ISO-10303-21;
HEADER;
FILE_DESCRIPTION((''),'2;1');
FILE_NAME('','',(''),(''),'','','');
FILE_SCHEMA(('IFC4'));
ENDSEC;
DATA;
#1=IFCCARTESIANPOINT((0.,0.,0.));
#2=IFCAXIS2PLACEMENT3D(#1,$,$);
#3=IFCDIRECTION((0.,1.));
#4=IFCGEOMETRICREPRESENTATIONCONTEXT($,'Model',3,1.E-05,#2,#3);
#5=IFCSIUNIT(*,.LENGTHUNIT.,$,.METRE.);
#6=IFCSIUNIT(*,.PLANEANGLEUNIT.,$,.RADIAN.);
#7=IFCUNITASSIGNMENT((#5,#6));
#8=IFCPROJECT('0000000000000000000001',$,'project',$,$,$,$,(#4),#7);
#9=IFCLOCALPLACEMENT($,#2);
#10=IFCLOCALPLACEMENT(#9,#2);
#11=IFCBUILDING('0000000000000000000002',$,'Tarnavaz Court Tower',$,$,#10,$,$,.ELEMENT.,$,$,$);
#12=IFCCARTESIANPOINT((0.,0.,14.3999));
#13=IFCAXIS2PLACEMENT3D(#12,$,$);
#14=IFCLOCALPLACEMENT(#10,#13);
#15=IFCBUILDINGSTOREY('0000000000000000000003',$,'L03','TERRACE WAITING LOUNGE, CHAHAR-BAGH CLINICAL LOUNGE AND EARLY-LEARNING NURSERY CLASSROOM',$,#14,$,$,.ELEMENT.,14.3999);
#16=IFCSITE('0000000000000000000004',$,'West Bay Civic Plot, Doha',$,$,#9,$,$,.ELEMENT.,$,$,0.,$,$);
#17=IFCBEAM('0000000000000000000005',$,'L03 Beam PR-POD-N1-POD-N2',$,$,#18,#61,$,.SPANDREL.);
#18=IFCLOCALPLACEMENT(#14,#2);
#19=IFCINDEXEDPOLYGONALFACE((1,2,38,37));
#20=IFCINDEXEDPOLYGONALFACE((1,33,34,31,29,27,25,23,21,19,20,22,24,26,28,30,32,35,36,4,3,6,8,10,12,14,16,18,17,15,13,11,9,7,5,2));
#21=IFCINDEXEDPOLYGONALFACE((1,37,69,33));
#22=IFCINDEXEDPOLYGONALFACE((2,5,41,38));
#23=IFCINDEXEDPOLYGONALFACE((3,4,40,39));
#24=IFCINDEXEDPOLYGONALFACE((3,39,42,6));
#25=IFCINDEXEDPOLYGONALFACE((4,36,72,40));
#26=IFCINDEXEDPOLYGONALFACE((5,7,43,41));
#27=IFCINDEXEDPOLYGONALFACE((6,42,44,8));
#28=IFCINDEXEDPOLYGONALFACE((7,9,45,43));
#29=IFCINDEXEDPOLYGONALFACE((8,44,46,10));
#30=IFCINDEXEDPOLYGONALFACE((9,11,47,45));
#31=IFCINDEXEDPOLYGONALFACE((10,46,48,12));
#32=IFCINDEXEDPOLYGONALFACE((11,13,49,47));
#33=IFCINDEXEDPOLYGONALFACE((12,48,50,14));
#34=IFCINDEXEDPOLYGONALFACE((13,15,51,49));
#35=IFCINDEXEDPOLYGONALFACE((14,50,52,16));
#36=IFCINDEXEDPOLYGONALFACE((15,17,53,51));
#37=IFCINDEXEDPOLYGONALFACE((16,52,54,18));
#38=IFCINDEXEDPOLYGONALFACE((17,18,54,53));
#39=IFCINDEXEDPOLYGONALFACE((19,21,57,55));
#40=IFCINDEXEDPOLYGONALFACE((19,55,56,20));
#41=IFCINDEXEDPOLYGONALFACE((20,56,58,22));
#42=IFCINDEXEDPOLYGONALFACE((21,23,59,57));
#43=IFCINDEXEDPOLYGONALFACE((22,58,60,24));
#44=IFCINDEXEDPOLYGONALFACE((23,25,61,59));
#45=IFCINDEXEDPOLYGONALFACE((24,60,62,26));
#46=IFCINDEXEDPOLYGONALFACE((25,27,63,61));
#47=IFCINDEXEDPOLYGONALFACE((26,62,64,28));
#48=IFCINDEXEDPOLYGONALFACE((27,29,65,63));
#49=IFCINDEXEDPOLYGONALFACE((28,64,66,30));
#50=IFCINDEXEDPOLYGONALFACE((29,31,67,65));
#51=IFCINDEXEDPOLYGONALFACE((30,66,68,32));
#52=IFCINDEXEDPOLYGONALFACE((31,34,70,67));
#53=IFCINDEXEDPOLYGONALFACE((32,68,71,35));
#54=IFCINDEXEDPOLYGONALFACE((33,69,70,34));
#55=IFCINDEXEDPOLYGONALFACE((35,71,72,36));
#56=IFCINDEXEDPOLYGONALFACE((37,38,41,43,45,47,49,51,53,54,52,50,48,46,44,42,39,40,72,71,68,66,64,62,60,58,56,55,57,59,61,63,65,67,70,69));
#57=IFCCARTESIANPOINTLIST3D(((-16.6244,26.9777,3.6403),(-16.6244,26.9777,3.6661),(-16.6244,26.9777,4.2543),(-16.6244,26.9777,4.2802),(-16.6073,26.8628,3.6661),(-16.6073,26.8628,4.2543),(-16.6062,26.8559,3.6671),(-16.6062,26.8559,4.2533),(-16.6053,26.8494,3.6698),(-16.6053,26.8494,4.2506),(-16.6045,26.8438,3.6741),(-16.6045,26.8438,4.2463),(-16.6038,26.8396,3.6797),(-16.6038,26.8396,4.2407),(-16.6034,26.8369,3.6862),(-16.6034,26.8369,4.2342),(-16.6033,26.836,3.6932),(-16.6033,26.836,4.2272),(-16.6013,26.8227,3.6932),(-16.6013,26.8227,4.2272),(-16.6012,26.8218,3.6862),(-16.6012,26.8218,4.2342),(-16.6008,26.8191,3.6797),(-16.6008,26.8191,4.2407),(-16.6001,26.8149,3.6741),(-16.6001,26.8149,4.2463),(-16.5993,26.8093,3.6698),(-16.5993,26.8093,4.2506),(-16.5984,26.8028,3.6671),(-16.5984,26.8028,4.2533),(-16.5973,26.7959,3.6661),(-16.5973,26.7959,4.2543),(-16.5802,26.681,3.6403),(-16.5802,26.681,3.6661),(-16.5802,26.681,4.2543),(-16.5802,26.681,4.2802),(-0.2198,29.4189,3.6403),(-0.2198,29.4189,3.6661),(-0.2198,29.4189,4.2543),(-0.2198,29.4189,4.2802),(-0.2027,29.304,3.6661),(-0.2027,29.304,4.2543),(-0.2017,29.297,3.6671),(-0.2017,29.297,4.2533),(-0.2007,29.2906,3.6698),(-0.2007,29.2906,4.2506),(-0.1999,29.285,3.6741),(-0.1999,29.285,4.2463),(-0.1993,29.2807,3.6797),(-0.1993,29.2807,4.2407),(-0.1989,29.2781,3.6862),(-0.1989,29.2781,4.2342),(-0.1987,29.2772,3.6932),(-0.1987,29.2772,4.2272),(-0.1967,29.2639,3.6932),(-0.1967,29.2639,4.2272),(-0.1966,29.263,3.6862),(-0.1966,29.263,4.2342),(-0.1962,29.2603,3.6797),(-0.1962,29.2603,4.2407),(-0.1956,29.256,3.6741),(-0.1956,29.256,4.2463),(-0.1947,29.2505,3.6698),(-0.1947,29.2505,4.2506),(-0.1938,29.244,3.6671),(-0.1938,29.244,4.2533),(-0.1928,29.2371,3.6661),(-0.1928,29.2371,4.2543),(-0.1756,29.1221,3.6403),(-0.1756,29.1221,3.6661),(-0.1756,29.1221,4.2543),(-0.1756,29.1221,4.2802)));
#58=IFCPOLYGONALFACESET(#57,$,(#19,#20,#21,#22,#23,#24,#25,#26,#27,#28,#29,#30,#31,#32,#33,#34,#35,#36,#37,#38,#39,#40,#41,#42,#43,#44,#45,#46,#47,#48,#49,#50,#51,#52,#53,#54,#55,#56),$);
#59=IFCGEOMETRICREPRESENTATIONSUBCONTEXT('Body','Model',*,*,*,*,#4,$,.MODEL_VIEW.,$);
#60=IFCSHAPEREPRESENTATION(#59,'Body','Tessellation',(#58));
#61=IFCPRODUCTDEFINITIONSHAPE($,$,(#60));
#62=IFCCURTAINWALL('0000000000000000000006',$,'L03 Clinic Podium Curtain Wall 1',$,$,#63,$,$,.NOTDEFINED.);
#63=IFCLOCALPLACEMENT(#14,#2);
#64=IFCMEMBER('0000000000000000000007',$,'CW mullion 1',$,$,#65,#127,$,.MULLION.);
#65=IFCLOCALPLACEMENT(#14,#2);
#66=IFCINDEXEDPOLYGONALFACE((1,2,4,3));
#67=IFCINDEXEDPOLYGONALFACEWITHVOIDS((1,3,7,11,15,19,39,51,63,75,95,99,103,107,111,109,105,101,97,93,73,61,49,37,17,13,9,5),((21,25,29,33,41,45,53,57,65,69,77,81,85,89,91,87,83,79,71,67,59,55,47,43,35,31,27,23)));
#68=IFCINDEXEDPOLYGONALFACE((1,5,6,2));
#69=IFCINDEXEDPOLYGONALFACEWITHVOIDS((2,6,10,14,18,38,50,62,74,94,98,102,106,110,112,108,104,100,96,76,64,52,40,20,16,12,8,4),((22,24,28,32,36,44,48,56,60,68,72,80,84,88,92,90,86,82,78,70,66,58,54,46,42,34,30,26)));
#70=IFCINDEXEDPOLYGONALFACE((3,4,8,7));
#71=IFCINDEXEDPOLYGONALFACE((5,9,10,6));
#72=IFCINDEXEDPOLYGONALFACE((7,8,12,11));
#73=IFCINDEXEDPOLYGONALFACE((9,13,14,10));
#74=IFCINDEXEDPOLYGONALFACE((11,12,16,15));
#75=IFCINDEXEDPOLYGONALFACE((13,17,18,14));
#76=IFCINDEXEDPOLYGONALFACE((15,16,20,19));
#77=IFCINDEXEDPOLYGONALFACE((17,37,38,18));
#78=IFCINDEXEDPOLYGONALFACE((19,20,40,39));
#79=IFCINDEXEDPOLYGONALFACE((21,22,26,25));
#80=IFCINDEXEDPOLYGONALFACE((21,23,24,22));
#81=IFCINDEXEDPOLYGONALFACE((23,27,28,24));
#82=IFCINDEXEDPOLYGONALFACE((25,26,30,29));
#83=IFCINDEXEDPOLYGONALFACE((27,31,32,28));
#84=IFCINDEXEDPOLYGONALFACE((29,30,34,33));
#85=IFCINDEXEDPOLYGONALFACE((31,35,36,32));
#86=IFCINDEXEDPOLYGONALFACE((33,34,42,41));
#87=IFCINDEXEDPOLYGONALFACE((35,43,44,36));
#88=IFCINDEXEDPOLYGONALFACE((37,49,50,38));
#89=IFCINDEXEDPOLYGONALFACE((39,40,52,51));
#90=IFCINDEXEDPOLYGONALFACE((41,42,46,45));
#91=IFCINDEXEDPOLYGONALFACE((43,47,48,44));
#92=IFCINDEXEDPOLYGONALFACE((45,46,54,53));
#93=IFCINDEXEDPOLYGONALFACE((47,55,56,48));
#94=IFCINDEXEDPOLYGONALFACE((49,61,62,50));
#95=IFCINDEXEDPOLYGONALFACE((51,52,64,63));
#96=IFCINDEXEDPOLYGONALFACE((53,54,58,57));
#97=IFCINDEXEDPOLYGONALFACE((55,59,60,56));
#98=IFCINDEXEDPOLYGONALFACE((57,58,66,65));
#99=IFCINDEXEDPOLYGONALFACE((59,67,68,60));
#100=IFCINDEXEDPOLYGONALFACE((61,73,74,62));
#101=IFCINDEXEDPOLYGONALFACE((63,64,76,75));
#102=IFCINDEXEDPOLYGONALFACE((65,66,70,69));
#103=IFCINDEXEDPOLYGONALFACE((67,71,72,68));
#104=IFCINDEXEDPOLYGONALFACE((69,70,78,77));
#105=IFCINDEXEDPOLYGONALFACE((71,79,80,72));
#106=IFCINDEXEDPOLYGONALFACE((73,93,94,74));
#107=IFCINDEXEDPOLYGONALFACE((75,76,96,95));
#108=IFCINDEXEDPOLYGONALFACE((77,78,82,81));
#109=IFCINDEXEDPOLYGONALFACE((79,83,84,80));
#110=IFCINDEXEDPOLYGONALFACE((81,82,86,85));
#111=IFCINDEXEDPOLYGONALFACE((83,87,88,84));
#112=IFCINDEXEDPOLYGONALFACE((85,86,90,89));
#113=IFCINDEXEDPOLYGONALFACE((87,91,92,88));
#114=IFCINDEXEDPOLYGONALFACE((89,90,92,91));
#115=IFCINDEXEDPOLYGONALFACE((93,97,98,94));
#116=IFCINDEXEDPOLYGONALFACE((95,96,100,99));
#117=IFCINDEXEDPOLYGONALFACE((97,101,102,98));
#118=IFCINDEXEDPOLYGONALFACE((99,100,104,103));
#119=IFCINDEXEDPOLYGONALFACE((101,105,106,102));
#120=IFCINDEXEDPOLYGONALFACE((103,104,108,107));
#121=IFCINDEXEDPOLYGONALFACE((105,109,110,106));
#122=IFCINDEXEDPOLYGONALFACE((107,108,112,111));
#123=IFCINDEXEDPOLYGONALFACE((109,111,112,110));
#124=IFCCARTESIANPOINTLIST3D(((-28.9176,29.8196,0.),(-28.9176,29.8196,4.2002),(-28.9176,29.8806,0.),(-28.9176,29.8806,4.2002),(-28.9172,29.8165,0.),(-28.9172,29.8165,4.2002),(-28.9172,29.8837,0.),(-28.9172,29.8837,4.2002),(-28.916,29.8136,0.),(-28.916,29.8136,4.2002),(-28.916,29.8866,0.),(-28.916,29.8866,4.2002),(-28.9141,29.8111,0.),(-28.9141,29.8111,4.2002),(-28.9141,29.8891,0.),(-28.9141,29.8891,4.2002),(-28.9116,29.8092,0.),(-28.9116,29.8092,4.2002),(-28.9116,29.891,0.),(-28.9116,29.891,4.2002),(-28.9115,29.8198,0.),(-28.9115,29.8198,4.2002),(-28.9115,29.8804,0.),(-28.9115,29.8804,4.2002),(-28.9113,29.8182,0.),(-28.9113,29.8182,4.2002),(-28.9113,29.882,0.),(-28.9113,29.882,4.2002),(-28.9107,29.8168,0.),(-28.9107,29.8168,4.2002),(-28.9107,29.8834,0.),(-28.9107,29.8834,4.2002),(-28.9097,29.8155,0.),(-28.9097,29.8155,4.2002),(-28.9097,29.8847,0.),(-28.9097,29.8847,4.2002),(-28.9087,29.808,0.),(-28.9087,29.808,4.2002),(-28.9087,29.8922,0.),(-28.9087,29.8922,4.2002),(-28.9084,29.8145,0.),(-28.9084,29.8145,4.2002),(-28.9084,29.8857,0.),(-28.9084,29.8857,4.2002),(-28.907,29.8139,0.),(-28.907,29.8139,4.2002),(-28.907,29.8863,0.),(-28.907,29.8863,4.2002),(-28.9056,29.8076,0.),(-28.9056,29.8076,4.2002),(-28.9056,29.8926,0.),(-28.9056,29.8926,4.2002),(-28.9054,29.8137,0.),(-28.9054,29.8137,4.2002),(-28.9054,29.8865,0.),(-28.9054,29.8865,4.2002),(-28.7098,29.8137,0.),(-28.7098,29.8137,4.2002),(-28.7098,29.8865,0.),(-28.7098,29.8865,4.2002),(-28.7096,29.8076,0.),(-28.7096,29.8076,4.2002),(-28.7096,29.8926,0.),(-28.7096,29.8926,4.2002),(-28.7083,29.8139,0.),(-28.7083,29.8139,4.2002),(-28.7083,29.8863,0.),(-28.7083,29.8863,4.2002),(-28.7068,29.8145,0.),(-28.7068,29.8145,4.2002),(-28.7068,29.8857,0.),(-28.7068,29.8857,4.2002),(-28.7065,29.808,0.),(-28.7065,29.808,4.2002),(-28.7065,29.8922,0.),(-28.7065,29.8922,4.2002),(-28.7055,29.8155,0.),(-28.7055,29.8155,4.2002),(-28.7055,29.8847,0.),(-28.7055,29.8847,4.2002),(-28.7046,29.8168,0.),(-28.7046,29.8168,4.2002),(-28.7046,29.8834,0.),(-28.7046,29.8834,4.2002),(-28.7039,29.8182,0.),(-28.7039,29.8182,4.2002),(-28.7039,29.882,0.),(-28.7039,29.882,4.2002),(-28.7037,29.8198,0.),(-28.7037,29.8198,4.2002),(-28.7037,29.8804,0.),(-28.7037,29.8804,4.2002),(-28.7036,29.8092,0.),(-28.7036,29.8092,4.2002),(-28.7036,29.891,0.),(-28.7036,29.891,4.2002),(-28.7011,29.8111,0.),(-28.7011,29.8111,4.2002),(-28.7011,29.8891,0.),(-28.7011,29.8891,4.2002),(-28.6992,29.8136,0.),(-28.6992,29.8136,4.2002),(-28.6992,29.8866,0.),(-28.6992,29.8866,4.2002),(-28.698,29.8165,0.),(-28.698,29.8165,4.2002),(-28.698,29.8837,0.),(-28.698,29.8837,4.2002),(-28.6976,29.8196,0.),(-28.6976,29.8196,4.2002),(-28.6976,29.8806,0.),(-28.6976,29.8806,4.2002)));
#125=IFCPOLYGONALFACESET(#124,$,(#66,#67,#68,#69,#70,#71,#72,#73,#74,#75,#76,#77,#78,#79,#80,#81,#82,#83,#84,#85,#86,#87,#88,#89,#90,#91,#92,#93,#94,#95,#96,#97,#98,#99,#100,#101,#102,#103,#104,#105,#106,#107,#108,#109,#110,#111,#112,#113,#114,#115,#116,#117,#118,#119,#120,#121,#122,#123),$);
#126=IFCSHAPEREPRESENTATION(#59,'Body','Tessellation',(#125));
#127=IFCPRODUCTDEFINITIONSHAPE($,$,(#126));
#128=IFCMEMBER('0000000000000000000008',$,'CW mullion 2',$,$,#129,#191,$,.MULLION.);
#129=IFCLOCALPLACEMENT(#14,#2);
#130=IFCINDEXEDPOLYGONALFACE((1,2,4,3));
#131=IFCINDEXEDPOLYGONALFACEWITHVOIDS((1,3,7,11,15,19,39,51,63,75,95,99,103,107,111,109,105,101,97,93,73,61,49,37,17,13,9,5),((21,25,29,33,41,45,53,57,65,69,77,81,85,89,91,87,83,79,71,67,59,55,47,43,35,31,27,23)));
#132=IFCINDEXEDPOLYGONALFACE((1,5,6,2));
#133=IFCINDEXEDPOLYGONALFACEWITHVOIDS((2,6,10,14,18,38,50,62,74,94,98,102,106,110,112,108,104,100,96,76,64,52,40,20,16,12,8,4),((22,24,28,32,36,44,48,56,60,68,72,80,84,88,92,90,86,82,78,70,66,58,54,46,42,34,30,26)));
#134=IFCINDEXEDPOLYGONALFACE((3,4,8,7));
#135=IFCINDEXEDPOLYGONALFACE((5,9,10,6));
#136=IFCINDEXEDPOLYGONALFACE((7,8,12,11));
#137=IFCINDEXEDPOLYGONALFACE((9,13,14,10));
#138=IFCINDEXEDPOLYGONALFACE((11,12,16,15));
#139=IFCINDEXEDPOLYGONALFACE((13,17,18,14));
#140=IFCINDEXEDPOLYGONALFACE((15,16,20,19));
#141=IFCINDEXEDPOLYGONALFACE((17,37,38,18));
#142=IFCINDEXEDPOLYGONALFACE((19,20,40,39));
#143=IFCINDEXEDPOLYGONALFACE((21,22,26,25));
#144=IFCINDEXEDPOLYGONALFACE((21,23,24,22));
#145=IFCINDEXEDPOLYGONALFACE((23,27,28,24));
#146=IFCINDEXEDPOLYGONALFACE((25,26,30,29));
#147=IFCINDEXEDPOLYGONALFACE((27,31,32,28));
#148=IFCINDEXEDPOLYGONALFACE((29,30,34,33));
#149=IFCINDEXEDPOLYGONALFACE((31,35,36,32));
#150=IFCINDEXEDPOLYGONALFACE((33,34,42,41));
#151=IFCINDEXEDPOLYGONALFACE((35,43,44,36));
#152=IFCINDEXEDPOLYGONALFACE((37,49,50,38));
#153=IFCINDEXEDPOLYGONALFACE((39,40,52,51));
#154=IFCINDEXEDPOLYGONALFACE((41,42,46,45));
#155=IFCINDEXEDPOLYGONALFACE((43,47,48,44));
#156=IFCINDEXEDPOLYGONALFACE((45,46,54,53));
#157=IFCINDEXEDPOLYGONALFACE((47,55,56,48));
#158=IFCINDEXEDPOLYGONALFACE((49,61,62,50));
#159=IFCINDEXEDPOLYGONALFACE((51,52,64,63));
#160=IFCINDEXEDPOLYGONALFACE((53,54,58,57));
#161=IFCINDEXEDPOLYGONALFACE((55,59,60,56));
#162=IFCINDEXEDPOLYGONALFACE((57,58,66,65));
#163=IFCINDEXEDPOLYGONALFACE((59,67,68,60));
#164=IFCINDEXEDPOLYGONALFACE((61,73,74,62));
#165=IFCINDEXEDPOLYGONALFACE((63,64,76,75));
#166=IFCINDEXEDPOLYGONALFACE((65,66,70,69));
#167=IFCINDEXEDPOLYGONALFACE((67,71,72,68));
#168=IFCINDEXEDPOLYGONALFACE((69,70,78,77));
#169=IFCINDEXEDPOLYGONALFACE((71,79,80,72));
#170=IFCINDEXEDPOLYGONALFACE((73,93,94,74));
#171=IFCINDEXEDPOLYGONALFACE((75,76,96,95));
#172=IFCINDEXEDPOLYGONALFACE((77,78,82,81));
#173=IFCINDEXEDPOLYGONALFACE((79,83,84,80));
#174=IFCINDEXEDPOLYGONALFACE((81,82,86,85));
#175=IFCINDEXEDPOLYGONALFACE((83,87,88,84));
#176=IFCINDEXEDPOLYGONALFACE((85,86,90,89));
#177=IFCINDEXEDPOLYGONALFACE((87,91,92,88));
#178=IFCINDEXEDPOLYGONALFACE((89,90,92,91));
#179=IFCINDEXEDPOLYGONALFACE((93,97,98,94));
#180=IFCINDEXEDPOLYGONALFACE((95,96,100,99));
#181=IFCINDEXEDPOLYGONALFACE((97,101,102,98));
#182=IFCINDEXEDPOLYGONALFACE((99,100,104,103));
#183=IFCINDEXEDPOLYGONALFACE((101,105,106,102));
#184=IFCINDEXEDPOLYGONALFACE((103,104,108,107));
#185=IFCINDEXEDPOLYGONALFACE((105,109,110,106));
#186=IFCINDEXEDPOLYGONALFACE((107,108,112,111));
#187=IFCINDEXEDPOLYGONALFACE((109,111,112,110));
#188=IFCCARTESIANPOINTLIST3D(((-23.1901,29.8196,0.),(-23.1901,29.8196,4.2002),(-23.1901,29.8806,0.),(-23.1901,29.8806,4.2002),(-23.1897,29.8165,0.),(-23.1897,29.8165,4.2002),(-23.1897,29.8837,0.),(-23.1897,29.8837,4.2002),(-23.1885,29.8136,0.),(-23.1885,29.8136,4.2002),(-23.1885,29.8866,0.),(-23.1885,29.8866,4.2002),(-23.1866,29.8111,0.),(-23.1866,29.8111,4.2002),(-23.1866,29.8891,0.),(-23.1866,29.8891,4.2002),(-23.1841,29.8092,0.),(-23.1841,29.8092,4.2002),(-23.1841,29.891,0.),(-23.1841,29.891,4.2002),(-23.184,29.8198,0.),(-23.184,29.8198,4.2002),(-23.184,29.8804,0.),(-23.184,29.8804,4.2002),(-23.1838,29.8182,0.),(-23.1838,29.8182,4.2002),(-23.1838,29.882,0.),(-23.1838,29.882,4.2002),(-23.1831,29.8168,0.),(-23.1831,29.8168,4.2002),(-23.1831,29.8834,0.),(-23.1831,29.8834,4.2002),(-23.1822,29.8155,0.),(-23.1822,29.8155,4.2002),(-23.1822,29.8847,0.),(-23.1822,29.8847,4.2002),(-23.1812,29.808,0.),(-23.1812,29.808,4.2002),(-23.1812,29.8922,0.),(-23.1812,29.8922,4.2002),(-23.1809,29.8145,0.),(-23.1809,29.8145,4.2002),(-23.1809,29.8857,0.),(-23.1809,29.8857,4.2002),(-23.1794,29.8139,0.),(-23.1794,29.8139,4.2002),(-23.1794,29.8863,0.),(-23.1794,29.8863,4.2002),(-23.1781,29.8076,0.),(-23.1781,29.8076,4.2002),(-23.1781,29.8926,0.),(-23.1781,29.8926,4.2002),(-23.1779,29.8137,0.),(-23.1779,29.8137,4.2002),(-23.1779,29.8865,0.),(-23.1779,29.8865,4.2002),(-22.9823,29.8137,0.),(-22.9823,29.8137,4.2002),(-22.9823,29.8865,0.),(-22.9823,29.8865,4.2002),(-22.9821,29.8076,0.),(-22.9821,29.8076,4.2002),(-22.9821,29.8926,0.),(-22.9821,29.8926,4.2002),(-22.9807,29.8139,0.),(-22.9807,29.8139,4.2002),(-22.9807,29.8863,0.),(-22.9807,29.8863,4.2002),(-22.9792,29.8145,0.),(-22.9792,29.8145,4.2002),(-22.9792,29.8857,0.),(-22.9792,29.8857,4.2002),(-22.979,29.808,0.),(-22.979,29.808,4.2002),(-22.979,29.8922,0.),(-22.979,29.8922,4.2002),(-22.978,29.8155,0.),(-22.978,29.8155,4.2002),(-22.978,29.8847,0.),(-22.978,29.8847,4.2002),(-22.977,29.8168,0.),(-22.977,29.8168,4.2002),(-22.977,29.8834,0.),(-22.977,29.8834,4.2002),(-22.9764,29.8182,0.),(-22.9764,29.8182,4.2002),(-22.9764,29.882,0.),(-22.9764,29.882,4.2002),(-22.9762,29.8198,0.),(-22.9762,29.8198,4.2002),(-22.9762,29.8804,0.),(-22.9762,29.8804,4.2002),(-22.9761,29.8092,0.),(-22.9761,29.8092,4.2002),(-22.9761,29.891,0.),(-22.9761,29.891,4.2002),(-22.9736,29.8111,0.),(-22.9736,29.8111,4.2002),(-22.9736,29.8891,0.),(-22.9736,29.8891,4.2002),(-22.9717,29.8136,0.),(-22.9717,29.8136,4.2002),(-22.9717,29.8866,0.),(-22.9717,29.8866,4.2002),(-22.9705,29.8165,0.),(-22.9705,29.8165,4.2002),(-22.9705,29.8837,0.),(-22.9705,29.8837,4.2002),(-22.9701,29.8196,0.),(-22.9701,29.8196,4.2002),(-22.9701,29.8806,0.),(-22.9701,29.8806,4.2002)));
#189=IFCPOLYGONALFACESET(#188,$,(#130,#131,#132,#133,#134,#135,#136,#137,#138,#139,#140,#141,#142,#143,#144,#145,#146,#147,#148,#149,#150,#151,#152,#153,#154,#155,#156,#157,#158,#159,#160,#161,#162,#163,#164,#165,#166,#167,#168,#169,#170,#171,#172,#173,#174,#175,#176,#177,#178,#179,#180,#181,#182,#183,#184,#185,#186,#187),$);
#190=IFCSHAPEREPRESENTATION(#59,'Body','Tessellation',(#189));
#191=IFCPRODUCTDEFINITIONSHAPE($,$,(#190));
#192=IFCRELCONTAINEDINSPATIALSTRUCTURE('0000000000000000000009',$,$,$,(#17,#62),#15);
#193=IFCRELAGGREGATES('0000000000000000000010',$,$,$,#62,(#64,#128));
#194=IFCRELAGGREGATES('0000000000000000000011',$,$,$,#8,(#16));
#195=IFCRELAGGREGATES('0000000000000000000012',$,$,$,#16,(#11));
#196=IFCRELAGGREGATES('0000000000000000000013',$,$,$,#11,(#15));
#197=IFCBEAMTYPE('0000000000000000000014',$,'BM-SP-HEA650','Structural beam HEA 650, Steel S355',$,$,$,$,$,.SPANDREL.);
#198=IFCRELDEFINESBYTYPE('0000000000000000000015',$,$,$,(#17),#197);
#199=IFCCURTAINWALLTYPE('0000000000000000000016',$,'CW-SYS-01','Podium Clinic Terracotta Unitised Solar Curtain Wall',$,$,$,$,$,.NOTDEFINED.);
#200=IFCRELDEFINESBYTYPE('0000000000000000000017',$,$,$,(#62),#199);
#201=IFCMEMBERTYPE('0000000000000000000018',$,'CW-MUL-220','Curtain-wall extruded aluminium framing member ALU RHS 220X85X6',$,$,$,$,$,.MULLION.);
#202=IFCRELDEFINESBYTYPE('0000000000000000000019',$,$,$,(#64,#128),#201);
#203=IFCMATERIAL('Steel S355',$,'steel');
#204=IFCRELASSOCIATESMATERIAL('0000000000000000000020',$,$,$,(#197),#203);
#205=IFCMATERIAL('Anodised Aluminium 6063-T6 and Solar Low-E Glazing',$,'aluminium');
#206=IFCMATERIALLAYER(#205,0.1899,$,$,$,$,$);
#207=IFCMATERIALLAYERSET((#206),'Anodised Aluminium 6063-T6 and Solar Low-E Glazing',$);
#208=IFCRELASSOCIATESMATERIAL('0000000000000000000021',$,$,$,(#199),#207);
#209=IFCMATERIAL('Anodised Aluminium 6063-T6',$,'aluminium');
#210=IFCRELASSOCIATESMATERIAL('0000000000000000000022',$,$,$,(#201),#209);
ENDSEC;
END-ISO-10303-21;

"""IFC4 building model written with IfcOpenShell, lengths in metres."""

from ifc_helpers import new_model, si_unit, direction, frame, origin, origin_2d, place, context, subcontext, project, spatial, hollow_rectangle, i_section, extrude, material, layer, layer_set, material_profile, profile_set, type_object, element, aggregate, save


model = new_model("IFC4")

# Units and contexts
model_context = context("Model", 3, precision=1e-05, world=origin(), true_north=direction((0.0, 1.0)))
body_context = subcontext(model_context, "Body", "Model", "MODEL_VIEW")
ifc_project = project(units=[si_unit("LENGTHUNIT", "METRE"), si_unit("PLANEANGLEUNIT", "RADIAN")], contexts=[model_context])

# Site, building, storey
site_placement = place(None, origin())
site = spatial("IfcSite", under=ifc_project, at=site_placement, Name="West Bay Civic Plot, Doha", CompositionType="ELEMENT", RefElevation=0.0)
building_placement = place(site_placement, origin())
building = spatial("IfcBuilding", under=site, at=building_placement, Name="Tarnavaz Court Tower", CompositionType="ELEMENT")
storey_placement = place(building_placement, frame((0.0, 0.0, 14.3999)))
storey = spatial("IfcBuildingStorey", under=building, at=storey_placement, Name="L03", Description="TERRACE WAITING LOUNGE, CHAHAR-BAGH CLINICAL LOUNGE AND EARLY-LEARNING NURSERY CLASSROOM", CompositionType="ELEMENT", Elevation=14.3999)

# Beam
ifc_material_1 = material(Name="Steel S355", Category="steel")
ifc_material_profile_1 = material_profile(ifc_material_1, i_section(OverallWidth=0.3, OverallDepth=0.6399, WebThickness=0.0134, FlangeThickness=0.0259, FilletRadius=0.0271, at=origin_2d()), Name="HEA 650")
ifc_profile_set_1 = profile_set([ifc_material_profile_1], Name="Steel S355")
beam_type_1 = type_object("IfcBeamType", Name="BM-SP-HEA650", Description="Structural beam HEA 650, Steel S355", PredefinedType="SPANDREL", material=ifc_profile_set_1)
beam_1_placement = place(storey_placement, frame((-16.6023, 26.8293, 3.9602), z_axis=(0.989108, 0.147189, 0.0), x_axis=(-0.147189, 0.989108, 0.0)))
element("IfcBeam", 1, at=beam_1_placement, inside=storey, type_object=beam_type_1, Name="L03 Beam PR-POD-N1-POD-N2", PredefinedType="SPANDREL", context=body_context, shape_type="SweptSolid", body=[
    extrude(i_section(OverallWidth=0.3, OverallDepth=0.6399, WebThickness=0.0134, FlangeThickness=0.0259, FilletRadius=0.0271, at=origin_2d()), origin(), (0.0, 0.0, 1.0), 16.5852),
])

# Curtain wall, members
ifc_material_2 = material(Name="Anodised Aluminium 6063-T6 and Solar Low-E Glazing", Category="aluminium")
ifc_layer_1 = layer(ifc_material_2, 0.1899)
ifc_layer_set_1 = layer_set([ifc_layer_1], Name="Anodised Aluminium 6063-T6 and Solar Low-E Glazing")
curtain_wall_type = type_object("IfcCurtainWallType", Name="CW-SYS-01", Description="Podium Clinic Terracotta Unitised Solar Curtain Wall", PredefinedType="NOTDEFINED", material=ifc_layer_set_1)
curtain_wall_placement = place(storey_placement, origin())
curtain_wall = element("IfcCurtainWall", 2, at=curtain_wall_placement, inside=storey, type_object=curtain_wall_type, Name="L03 Clinic Podium Curtain Wall 1", PredefinedType="NOTDEFINED")
ifc_material_3 = material(Name="Anodised Aluminium 6063-T6", Category="aluminium")
ifc_material_profile_2 = material_profile(ifc_material_3, hollow_rectangle(XDim=0.085, YDim=0.22, WallThickness=0.0061, InnerFilletRadius=0.0061, OuterFilletRadius=0.012, at=origin_2d()), Name="ALU RHS 220X85X6")
ifc_profile_set_2 = profile_set([ifc_material_profile_2], Name="Anodised Aluminium 6063-T6")
member_type_1 = type_object("IfcMemberType", Name="CW-MUL-220", Description="Curtain-wall extruded aluminium framing member ALU RHS 220X85X6", PredefinedType="MULLION", material=ifc_profile_set_2)
member_1_placement = place(storey_placement, frame((-28.8076, 29.8501, 0.0), z_axis=(0.0, 0.0, 1.0), x_axis=(0.0, 1.0, 0.0)))
member_1 = element("IfcMember", 3, at=member_1_placement, type_object=member_type_1, Name="CW mullion 1", PredefinedType="MULLION", context=body_context, shape_type="SweptSolid", body=[
    extrude(hollow_rectangle(XDim=0.085, YDim=0.22, WallThickness=0.0061, InnerFilletRadius=0.0061, OuterFilletRadius=0.012, at=origin_2d()), origin(), (0.0, 0.0, 1.0), 4.2002),
])
member_2_placement = place(storey_placement, frame((-23.0801, 29.8501, 0.0), z_axis=(0.0, 0.0, 1.0), x_axis=(0.0, 1.0, 0.0)))
member_2 = element("IfcMember", 4, at=member_2_placement, type_object=member_type_1, Name="CW mullion 2", PredefinedType="MULLION", context=body_context, shape_type="SweptSolid", body=[
    extrude(hollow_rectangle(XDim=0.085, YDim=0.22, WallThickness=0.0061, InnerFilletRadius=0.0061, OuterFilletRadius=0.012, at=origin_2d()), origin(), (0.0, 0.0, 1.0), 4.2002),
])
aggregate(curtain_wall, [member_1, member_2])

save(model, "model.ifc")
